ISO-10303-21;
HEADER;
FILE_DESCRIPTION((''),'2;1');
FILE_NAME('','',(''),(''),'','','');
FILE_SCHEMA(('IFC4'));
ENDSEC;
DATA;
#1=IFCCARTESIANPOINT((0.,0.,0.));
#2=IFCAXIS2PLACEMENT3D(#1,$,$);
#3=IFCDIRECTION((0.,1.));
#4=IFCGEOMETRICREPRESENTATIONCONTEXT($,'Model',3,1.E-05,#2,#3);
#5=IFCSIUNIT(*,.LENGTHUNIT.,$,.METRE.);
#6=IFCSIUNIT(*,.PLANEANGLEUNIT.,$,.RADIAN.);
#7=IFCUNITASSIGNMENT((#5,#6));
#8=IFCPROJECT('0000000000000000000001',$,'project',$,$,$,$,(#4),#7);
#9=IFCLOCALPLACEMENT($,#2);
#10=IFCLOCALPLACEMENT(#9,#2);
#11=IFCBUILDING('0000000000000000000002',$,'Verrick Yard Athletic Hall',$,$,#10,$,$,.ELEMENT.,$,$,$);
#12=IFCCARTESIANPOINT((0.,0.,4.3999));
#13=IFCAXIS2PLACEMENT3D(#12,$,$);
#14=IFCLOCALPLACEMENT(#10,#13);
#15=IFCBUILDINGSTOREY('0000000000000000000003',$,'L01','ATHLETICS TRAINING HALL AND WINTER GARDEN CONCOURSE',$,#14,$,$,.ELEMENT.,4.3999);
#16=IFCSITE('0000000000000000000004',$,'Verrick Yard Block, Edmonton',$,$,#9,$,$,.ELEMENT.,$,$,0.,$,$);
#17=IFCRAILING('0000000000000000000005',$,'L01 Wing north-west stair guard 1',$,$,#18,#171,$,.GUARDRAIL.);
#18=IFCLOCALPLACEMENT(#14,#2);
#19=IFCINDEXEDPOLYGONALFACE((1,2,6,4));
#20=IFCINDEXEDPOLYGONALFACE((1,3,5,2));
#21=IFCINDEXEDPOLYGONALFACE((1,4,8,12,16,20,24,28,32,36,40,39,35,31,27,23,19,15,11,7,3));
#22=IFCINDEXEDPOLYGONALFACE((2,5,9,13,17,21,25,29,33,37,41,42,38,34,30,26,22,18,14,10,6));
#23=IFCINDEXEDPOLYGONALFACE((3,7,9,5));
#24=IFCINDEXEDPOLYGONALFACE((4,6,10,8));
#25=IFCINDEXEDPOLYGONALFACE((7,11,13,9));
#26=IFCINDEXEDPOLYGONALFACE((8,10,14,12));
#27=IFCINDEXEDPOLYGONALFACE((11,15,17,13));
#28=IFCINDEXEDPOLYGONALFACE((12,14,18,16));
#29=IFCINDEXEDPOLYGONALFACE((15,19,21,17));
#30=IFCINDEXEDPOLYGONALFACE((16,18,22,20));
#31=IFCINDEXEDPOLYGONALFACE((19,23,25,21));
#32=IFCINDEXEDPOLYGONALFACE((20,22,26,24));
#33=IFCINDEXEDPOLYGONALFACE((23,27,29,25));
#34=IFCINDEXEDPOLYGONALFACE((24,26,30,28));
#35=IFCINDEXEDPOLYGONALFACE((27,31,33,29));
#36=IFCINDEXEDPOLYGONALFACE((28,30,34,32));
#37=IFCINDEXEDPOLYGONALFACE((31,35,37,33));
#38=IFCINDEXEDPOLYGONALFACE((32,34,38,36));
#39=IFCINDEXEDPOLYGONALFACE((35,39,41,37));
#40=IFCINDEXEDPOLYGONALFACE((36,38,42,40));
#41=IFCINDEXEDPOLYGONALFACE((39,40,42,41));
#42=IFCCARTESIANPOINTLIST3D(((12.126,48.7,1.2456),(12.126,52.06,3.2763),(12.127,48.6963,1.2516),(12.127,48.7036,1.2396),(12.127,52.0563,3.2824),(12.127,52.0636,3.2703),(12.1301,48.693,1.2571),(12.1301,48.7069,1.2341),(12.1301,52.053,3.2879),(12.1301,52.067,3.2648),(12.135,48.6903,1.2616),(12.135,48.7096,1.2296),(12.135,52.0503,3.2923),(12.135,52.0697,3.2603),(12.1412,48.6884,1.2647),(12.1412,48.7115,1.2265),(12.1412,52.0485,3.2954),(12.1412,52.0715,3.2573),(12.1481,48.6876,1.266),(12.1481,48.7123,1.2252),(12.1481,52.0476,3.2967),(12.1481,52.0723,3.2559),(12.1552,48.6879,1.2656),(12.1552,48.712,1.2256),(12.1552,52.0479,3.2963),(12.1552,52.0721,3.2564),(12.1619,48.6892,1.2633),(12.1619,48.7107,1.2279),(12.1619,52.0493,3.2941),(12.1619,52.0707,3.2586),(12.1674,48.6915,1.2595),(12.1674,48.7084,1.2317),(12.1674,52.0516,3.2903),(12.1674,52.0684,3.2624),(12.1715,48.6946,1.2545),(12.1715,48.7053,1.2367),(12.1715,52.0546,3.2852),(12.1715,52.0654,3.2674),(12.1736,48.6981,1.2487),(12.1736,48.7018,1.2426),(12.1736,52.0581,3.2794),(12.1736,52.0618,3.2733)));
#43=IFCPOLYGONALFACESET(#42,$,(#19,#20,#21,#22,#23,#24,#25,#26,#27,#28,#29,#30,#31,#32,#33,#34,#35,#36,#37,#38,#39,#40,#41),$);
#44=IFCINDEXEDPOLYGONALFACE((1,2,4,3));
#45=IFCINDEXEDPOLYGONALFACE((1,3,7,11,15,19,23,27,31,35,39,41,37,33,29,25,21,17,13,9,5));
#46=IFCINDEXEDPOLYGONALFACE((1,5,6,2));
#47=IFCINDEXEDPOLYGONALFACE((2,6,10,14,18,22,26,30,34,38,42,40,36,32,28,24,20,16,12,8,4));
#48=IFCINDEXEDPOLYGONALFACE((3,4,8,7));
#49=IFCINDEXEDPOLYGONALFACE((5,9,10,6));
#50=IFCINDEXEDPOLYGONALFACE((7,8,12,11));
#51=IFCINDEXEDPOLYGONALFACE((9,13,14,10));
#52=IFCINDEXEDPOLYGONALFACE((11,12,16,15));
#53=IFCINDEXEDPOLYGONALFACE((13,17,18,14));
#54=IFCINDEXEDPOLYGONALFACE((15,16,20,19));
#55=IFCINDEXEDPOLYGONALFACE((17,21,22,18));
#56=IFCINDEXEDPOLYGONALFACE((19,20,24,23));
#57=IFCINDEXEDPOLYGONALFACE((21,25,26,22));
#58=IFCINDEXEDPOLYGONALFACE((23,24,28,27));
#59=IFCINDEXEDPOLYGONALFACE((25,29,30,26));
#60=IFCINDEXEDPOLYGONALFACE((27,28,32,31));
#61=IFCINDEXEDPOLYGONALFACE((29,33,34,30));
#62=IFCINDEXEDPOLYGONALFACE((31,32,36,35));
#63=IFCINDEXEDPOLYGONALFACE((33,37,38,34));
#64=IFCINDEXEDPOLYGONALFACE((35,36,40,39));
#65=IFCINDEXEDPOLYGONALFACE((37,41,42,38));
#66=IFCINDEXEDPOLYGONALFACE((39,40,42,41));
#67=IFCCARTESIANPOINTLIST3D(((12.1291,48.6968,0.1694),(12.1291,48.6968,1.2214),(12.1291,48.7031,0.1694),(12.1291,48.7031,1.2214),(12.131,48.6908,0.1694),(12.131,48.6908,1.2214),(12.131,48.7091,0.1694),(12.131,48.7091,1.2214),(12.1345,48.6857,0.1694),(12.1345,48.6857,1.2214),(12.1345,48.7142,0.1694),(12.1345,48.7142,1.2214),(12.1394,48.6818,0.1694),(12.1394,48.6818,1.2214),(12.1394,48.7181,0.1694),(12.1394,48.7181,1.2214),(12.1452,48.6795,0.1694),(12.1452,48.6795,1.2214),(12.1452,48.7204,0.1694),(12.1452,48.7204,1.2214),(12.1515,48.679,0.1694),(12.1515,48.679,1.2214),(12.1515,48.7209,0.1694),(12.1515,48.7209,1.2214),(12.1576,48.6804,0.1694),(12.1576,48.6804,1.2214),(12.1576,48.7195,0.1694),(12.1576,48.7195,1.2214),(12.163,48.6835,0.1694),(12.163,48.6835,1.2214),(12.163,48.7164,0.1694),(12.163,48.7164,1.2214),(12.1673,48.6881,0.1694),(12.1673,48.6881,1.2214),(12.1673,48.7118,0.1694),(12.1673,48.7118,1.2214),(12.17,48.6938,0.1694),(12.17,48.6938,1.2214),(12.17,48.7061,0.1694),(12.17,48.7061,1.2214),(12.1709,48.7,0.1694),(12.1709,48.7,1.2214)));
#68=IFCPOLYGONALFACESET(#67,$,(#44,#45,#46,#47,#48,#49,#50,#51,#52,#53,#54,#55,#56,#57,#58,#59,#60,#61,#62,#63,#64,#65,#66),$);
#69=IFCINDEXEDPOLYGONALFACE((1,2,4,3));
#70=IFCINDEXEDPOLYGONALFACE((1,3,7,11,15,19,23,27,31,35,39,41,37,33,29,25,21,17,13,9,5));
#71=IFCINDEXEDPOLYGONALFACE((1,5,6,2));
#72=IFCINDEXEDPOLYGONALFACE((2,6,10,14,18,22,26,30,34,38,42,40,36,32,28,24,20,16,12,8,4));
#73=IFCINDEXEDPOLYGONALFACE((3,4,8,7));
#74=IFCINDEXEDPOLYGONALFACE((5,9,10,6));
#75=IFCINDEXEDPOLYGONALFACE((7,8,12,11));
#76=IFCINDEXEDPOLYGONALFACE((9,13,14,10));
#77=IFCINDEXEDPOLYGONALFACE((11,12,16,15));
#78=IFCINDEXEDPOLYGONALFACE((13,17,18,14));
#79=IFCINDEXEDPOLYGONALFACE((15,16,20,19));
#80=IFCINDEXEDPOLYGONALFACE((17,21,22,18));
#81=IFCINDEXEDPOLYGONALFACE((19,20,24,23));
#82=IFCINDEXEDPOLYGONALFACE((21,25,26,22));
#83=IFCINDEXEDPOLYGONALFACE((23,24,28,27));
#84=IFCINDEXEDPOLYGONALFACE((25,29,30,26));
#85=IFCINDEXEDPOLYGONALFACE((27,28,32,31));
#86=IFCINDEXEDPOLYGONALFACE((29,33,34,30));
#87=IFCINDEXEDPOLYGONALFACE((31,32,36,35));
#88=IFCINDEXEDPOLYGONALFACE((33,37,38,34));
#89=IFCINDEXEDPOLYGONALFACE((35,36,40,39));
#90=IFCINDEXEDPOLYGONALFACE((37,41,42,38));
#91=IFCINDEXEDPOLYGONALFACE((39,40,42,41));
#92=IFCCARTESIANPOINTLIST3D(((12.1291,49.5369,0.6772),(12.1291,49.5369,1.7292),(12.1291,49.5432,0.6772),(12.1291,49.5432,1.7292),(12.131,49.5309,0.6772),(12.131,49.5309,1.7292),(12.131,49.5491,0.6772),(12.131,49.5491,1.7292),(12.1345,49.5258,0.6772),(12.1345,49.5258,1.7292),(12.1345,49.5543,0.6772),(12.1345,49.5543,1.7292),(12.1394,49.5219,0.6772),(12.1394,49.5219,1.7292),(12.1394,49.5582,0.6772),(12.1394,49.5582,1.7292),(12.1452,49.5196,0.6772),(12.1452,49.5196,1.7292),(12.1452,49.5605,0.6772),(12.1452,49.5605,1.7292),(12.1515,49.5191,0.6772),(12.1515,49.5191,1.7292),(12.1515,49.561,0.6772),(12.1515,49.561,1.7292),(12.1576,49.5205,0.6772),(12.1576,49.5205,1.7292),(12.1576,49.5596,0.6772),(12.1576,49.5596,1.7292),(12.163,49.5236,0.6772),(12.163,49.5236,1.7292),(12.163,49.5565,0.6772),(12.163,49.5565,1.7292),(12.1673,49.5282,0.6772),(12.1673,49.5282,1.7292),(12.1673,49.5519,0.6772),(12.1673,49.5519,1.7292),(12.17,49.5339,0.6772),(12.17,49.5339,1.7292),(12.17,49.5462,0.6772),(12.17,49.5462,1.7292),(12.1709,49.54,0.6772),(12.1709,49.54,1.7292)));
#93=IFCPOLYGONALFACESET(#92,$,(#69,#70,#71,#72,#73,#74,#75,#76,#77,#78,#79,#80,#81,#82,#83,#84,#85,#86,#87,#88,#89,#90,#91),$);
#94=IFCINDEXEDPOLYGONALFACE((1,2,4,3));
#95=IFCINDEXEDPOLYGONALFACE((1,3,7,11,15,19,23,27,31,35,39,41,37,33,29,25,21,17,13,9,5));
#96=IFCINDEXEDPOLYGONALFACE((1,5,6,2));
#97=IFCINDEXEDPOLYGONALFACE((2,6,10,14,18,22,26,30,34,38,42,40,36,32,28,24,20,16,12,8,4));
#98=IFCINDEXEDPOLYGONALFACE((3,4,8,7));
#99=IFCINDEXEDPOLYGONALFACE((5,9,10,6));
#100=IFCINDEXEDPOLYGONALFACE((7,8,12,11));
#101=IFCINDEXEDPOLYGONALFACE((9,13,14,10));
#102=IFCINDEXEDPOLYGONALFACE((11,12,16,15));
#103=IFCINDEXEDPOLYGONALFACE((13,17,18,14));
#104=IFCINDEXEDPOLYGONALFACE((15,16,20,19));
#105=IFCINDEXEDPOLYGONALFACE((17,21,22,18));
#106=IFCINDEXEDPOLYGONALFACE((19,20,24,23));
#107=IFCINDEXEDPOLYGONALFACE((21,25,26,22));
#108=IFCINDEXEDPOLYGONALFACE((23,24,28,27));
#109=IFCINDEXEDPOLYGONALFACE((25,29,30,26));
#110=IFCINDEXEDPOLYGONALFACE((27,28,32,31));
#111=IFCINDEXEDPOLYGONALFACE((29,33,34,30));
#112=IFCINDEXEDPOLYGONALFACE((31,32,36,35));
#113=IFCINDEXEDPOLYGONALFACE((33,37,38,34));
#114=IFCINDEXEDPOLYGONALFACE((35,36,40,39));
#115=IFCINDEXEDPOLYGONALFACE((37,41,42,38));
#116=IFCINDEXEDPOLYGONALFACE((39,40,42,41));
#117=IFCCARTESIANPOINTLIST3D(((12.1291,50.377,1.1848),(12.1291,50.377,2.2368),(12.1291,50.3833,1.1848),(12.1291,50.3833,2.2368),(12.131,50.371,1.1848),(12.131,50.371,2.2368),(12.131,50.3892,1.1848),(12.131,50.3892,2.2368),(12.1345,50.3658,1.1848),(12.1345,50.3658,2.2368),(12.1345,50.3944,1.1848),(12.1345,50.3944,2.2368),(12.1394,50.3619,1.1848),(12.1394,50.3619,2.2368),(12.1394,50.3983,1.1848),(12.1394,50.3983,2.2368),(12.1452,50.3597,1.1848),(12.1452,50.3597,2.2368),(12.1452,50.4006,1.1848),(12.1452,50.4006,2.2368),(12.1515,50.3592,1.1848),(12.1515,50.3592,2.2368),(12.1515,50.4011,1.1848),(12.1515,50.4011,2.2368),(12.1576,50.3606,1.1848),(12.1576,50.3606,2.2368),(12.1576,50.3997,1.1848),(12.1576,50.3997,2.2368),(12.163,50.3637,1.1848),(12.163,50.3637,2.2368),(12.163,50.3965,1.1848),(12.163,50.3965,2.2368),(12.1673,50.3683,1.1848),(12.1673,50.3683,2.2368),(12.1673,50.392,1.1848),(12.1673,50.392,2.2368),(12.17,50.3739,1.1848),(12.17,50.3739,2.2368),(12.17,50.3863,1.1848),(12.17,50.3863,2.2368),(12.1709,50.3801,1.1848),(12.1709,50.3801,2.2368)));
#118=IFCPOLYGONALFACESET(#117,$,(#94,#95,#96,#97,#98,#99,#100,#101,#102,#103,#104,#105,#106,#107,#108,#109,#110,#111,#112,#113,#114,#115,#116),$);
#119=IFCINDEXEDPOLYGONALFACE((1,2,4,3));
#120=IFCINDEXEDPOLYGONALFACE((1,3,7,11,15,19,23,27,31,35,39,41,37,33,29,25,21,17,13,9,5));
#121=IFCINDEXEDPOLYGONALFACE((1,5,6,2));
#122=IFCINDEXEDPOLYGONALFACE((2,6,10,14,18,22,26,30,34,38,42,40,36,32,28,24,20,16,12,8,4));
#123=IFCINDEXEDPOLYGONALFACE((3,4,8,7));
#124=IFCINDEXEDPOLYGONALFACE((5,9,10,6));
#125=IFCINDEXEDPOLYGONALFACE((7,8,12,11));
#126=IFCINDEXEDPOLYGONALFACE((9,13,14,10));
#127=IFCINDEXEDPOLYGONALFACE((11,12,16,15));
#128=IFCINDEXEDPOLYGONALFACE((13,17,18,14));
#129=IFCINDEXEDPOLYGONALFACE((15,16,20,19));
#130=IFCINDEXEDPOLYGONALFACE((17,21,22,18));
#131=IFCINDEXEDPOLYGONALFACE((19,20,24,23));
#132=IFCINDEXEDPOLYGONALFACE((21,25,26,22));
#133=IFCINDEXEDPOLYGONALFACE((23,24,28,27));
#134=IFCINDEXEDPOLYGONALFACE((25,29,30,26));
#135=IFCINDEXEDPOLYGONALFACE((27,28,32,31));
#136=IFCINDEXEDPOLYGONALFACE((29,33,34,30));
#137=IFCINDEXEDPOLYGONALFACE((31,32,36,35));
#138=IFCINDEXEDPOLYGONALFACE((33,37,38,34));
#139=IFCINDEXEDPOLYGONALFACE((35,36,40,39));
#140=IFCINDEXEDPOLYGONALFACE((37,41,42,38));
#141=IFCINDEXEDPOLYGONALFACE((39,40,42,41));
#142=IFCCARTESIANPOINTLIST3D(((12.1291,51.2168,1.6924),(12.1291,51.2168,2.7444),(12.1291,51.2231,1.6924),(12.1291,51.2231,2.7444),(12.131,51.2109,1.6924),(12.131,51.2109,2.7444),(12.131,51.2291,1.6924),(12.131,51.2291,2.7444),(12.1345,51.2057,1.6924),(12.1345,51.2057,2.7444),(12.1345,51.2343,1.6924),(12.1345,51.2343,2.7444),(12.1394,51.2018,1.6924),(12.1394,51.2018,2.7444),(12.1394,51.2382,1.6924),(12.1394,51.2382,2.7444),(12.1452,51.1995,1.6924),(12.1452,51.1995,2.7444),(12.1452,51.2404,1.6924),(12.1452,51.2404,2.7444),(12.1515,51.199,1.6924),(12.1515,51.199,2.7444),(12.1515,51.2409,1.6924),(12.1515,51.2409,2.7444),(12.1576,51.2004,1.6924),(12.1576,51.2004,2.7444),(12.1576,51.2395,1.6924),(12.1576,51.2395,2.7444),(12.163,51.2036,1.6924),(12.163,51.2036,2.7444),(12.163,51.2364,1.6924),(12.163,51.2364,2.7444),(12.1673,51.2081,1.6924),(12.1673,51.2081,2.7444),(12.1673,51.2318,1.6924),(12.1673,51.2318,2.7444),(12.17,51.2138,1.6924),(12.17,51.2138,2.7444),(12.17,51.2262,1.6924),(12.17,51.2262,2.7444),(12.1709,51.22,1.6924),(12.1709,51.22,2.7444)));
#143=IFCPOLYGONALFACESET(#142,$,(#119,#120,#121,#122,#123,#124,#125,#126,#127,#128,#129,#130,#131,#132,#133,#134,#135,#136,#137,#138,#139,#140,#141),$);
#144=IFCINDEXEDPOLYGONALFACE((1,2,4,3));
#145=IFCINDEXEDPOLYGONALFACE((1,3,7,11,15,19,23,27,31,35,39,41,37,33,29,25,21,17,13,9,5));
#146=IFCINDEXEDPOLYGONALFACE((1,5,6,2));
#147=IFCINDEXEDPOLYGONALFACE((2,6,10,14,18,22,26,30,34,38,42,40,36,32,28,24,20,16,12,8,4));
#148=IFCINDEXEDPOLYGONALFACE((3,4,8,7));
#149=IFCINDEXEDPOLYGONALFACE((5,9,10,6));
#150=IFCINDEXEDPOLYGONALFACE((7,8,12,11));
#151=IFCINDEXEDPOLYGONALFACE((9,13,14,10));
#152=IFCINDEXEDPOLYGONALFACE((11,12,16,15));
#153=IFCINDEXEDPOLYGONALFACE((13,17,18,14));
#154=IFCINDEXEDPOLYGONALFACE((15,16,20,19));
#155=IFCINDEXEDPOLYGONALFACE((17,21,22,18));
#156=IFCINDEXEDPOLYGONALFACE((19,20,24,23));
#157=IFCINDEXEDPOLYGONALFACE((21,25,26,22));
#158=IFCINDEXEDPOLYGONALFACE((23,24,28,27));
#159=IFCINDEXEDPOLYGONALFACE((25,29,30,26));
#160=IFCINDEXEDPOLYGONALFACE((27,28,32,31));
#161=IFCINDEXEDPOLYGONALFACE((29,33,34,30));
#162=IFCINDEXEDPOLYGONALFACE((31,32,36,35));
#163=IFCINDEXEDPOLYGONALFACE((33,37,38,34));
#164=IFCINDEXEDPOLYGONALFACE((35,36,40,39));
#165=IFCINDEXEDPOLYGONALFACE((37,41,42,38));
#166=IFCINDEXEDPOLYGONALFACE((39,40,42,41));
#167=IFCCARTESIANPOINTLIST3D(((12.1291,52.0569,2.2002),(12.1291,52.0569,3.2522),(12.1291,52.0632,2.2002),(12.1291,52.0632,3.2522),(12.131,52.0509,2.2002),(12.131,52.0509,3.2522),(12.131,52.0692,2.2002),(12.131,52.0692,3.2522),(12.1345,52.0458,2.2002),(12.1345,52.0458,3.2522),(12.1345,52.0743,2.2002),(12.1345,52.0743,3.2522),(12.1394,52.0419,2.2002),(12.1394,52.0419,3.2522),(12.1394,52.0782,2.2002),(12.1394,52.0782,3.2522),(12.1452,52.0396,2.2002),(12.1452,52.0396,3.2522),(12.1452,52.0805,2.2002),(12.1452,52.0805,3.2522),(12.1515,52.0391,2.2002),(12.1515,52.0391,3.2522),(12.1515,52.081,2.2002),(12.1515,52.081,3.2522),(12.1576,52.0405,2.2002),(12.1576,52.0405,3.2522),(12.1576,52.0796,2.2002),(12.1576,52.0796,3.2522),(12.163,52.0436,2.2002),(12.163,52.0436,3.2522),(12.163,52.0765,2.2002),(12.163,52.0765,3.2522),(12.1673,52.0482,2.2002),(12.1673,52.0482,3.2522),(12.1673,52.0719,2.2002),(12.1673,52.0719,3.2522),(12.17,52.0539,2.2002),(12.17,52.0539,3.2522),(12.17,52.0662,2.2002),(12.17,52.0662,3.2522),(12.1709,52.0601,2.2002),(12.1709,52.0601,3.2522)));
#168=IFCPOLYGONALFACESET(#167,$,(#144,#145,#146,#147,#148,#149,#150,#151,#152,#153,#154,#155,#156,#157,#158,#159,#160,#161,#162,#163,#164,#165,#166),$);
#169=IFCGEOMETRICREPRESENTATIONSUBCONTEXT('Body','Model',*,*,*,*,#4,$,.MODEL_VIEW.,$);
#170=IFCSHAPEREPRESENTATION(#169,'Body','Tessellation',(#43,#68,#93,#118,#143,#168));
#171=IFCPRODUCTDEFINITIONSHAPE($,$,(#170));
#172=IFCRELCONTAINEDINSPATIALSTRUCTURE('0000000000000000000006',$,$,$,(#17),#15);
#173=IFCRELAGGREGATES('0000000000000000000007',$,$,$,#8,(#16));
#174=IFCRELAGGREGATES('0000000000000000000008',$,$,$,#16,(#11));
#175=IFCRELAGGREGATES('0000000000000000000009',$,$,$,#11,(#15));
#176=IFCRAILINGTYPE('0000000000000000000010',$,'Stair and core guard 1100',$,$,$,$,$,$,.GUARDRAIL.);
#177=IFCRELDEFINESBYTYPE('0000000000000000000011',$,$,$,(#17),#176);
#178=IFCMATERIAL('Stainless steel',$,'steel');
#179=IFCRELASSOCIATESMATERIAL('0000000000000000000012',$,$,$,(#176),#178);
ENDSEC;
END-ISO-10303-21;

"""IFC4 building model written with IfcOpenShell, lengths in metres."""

from ifc_helpers import new_model, si_unit, direction, frame, origin, origin_2d, place, context, subcontext, project, spatial, circle, extrude, material, type_object, element, save


model = new_model("IFC4")

# Units and contexts
model_context = context("Model", 3, precision=1e-05, world=origin(), true_north=direction((0.0, 1.0)))
body_context = subcontext(model_context, "Body", "Model", "MODEL_VIEW")
ifc_project = project(units=[si_unit("LENGTHUNIT", "METRE"), si_unit("PLANEANGLEUNIT", "RADIAN")], contexts=[model_context])

# Site, building, storey
site_placement = place(None, origin())
site = spatial("IfcSite", under=ifc_project, at=site_placement, Name="Verrick Yard Block, Edmonton", CompositionType="ELEMENT", RefElevation=0.0)
building_placement = place(site_placement, origin())
building = spatial("IfcBuilding", under=site, at=building_placement, Name="Verrick Yard Athletic Hall", CompositionType="ELEMENT")
storey_placement = place(building_placement, frame((0.0, 0.0, 4.3999)))
storey = spatial("IfcBuildingStorey", under=building, at=storey_placement, Name="L01", Description="ATHLETICS TRAINING HALL AND WINTER GARDEN CONCOURSE", CompositionType="ELEMENT", Elevation=4.3999)

# Railing
ifc_material_1 = material(Name="Stainless steel", Category="steel")
railing_type_1 = type_object("IfcRailingType", Name="Stair and core guard 1100", PredefinedType="GUARDRAIL", material=ifc_material_1)
railing_1_placement = place(storey_placement, frame((12.1499, 48.7, 0.1694)))
element("IfcRailing", 1, at=railing_1_placement, inside=storey, type_object=railing_type_1, Name="L01 Wing north-west stair guard 1", PredefinedType="GUARDRAIL", context=body_context, shape_type="SweptSolid", body=[
    extrude(circle(Radius=0.0239, at=origin_2d()), frame((0.0, 0.0, 1.0762), z_axis=(0.0, 0.855837, 0.517246), x_axis=(-1.0, 0.0, 0.0)), (0.0, 0.0, 1.0), 3.926),
    extrude(circle(Radius=0.021, at=origin_2d()), origin(), (0.0, 0.0, 1.0), 1.052),
    extrude(circle(Radius=0.021, at=origin_2d()), frame((0.0, 0.8401, 0.5078)), (0.0, 0.0, 1.0), 1.052),
    extrude(circle(Radius=0.021, at=origin_2d()), frame((0.0, 1.6802, 1.0154)), (0.0, 0.0, 1.0), 1.052),
    extrude(circle(Radius=0.021, at=origin_2d()), frame((0.0, 2.52, 1.5229)), (0.0, 0.0, 1.0), 1.052),
    extrude(circle(Radius=0.021, at=origin_2d()), frame((0.0, 3.3601, 2.0308)), (0.0, 0.0, 1.0), 1.052),
])

save(model, "model.ifc")
